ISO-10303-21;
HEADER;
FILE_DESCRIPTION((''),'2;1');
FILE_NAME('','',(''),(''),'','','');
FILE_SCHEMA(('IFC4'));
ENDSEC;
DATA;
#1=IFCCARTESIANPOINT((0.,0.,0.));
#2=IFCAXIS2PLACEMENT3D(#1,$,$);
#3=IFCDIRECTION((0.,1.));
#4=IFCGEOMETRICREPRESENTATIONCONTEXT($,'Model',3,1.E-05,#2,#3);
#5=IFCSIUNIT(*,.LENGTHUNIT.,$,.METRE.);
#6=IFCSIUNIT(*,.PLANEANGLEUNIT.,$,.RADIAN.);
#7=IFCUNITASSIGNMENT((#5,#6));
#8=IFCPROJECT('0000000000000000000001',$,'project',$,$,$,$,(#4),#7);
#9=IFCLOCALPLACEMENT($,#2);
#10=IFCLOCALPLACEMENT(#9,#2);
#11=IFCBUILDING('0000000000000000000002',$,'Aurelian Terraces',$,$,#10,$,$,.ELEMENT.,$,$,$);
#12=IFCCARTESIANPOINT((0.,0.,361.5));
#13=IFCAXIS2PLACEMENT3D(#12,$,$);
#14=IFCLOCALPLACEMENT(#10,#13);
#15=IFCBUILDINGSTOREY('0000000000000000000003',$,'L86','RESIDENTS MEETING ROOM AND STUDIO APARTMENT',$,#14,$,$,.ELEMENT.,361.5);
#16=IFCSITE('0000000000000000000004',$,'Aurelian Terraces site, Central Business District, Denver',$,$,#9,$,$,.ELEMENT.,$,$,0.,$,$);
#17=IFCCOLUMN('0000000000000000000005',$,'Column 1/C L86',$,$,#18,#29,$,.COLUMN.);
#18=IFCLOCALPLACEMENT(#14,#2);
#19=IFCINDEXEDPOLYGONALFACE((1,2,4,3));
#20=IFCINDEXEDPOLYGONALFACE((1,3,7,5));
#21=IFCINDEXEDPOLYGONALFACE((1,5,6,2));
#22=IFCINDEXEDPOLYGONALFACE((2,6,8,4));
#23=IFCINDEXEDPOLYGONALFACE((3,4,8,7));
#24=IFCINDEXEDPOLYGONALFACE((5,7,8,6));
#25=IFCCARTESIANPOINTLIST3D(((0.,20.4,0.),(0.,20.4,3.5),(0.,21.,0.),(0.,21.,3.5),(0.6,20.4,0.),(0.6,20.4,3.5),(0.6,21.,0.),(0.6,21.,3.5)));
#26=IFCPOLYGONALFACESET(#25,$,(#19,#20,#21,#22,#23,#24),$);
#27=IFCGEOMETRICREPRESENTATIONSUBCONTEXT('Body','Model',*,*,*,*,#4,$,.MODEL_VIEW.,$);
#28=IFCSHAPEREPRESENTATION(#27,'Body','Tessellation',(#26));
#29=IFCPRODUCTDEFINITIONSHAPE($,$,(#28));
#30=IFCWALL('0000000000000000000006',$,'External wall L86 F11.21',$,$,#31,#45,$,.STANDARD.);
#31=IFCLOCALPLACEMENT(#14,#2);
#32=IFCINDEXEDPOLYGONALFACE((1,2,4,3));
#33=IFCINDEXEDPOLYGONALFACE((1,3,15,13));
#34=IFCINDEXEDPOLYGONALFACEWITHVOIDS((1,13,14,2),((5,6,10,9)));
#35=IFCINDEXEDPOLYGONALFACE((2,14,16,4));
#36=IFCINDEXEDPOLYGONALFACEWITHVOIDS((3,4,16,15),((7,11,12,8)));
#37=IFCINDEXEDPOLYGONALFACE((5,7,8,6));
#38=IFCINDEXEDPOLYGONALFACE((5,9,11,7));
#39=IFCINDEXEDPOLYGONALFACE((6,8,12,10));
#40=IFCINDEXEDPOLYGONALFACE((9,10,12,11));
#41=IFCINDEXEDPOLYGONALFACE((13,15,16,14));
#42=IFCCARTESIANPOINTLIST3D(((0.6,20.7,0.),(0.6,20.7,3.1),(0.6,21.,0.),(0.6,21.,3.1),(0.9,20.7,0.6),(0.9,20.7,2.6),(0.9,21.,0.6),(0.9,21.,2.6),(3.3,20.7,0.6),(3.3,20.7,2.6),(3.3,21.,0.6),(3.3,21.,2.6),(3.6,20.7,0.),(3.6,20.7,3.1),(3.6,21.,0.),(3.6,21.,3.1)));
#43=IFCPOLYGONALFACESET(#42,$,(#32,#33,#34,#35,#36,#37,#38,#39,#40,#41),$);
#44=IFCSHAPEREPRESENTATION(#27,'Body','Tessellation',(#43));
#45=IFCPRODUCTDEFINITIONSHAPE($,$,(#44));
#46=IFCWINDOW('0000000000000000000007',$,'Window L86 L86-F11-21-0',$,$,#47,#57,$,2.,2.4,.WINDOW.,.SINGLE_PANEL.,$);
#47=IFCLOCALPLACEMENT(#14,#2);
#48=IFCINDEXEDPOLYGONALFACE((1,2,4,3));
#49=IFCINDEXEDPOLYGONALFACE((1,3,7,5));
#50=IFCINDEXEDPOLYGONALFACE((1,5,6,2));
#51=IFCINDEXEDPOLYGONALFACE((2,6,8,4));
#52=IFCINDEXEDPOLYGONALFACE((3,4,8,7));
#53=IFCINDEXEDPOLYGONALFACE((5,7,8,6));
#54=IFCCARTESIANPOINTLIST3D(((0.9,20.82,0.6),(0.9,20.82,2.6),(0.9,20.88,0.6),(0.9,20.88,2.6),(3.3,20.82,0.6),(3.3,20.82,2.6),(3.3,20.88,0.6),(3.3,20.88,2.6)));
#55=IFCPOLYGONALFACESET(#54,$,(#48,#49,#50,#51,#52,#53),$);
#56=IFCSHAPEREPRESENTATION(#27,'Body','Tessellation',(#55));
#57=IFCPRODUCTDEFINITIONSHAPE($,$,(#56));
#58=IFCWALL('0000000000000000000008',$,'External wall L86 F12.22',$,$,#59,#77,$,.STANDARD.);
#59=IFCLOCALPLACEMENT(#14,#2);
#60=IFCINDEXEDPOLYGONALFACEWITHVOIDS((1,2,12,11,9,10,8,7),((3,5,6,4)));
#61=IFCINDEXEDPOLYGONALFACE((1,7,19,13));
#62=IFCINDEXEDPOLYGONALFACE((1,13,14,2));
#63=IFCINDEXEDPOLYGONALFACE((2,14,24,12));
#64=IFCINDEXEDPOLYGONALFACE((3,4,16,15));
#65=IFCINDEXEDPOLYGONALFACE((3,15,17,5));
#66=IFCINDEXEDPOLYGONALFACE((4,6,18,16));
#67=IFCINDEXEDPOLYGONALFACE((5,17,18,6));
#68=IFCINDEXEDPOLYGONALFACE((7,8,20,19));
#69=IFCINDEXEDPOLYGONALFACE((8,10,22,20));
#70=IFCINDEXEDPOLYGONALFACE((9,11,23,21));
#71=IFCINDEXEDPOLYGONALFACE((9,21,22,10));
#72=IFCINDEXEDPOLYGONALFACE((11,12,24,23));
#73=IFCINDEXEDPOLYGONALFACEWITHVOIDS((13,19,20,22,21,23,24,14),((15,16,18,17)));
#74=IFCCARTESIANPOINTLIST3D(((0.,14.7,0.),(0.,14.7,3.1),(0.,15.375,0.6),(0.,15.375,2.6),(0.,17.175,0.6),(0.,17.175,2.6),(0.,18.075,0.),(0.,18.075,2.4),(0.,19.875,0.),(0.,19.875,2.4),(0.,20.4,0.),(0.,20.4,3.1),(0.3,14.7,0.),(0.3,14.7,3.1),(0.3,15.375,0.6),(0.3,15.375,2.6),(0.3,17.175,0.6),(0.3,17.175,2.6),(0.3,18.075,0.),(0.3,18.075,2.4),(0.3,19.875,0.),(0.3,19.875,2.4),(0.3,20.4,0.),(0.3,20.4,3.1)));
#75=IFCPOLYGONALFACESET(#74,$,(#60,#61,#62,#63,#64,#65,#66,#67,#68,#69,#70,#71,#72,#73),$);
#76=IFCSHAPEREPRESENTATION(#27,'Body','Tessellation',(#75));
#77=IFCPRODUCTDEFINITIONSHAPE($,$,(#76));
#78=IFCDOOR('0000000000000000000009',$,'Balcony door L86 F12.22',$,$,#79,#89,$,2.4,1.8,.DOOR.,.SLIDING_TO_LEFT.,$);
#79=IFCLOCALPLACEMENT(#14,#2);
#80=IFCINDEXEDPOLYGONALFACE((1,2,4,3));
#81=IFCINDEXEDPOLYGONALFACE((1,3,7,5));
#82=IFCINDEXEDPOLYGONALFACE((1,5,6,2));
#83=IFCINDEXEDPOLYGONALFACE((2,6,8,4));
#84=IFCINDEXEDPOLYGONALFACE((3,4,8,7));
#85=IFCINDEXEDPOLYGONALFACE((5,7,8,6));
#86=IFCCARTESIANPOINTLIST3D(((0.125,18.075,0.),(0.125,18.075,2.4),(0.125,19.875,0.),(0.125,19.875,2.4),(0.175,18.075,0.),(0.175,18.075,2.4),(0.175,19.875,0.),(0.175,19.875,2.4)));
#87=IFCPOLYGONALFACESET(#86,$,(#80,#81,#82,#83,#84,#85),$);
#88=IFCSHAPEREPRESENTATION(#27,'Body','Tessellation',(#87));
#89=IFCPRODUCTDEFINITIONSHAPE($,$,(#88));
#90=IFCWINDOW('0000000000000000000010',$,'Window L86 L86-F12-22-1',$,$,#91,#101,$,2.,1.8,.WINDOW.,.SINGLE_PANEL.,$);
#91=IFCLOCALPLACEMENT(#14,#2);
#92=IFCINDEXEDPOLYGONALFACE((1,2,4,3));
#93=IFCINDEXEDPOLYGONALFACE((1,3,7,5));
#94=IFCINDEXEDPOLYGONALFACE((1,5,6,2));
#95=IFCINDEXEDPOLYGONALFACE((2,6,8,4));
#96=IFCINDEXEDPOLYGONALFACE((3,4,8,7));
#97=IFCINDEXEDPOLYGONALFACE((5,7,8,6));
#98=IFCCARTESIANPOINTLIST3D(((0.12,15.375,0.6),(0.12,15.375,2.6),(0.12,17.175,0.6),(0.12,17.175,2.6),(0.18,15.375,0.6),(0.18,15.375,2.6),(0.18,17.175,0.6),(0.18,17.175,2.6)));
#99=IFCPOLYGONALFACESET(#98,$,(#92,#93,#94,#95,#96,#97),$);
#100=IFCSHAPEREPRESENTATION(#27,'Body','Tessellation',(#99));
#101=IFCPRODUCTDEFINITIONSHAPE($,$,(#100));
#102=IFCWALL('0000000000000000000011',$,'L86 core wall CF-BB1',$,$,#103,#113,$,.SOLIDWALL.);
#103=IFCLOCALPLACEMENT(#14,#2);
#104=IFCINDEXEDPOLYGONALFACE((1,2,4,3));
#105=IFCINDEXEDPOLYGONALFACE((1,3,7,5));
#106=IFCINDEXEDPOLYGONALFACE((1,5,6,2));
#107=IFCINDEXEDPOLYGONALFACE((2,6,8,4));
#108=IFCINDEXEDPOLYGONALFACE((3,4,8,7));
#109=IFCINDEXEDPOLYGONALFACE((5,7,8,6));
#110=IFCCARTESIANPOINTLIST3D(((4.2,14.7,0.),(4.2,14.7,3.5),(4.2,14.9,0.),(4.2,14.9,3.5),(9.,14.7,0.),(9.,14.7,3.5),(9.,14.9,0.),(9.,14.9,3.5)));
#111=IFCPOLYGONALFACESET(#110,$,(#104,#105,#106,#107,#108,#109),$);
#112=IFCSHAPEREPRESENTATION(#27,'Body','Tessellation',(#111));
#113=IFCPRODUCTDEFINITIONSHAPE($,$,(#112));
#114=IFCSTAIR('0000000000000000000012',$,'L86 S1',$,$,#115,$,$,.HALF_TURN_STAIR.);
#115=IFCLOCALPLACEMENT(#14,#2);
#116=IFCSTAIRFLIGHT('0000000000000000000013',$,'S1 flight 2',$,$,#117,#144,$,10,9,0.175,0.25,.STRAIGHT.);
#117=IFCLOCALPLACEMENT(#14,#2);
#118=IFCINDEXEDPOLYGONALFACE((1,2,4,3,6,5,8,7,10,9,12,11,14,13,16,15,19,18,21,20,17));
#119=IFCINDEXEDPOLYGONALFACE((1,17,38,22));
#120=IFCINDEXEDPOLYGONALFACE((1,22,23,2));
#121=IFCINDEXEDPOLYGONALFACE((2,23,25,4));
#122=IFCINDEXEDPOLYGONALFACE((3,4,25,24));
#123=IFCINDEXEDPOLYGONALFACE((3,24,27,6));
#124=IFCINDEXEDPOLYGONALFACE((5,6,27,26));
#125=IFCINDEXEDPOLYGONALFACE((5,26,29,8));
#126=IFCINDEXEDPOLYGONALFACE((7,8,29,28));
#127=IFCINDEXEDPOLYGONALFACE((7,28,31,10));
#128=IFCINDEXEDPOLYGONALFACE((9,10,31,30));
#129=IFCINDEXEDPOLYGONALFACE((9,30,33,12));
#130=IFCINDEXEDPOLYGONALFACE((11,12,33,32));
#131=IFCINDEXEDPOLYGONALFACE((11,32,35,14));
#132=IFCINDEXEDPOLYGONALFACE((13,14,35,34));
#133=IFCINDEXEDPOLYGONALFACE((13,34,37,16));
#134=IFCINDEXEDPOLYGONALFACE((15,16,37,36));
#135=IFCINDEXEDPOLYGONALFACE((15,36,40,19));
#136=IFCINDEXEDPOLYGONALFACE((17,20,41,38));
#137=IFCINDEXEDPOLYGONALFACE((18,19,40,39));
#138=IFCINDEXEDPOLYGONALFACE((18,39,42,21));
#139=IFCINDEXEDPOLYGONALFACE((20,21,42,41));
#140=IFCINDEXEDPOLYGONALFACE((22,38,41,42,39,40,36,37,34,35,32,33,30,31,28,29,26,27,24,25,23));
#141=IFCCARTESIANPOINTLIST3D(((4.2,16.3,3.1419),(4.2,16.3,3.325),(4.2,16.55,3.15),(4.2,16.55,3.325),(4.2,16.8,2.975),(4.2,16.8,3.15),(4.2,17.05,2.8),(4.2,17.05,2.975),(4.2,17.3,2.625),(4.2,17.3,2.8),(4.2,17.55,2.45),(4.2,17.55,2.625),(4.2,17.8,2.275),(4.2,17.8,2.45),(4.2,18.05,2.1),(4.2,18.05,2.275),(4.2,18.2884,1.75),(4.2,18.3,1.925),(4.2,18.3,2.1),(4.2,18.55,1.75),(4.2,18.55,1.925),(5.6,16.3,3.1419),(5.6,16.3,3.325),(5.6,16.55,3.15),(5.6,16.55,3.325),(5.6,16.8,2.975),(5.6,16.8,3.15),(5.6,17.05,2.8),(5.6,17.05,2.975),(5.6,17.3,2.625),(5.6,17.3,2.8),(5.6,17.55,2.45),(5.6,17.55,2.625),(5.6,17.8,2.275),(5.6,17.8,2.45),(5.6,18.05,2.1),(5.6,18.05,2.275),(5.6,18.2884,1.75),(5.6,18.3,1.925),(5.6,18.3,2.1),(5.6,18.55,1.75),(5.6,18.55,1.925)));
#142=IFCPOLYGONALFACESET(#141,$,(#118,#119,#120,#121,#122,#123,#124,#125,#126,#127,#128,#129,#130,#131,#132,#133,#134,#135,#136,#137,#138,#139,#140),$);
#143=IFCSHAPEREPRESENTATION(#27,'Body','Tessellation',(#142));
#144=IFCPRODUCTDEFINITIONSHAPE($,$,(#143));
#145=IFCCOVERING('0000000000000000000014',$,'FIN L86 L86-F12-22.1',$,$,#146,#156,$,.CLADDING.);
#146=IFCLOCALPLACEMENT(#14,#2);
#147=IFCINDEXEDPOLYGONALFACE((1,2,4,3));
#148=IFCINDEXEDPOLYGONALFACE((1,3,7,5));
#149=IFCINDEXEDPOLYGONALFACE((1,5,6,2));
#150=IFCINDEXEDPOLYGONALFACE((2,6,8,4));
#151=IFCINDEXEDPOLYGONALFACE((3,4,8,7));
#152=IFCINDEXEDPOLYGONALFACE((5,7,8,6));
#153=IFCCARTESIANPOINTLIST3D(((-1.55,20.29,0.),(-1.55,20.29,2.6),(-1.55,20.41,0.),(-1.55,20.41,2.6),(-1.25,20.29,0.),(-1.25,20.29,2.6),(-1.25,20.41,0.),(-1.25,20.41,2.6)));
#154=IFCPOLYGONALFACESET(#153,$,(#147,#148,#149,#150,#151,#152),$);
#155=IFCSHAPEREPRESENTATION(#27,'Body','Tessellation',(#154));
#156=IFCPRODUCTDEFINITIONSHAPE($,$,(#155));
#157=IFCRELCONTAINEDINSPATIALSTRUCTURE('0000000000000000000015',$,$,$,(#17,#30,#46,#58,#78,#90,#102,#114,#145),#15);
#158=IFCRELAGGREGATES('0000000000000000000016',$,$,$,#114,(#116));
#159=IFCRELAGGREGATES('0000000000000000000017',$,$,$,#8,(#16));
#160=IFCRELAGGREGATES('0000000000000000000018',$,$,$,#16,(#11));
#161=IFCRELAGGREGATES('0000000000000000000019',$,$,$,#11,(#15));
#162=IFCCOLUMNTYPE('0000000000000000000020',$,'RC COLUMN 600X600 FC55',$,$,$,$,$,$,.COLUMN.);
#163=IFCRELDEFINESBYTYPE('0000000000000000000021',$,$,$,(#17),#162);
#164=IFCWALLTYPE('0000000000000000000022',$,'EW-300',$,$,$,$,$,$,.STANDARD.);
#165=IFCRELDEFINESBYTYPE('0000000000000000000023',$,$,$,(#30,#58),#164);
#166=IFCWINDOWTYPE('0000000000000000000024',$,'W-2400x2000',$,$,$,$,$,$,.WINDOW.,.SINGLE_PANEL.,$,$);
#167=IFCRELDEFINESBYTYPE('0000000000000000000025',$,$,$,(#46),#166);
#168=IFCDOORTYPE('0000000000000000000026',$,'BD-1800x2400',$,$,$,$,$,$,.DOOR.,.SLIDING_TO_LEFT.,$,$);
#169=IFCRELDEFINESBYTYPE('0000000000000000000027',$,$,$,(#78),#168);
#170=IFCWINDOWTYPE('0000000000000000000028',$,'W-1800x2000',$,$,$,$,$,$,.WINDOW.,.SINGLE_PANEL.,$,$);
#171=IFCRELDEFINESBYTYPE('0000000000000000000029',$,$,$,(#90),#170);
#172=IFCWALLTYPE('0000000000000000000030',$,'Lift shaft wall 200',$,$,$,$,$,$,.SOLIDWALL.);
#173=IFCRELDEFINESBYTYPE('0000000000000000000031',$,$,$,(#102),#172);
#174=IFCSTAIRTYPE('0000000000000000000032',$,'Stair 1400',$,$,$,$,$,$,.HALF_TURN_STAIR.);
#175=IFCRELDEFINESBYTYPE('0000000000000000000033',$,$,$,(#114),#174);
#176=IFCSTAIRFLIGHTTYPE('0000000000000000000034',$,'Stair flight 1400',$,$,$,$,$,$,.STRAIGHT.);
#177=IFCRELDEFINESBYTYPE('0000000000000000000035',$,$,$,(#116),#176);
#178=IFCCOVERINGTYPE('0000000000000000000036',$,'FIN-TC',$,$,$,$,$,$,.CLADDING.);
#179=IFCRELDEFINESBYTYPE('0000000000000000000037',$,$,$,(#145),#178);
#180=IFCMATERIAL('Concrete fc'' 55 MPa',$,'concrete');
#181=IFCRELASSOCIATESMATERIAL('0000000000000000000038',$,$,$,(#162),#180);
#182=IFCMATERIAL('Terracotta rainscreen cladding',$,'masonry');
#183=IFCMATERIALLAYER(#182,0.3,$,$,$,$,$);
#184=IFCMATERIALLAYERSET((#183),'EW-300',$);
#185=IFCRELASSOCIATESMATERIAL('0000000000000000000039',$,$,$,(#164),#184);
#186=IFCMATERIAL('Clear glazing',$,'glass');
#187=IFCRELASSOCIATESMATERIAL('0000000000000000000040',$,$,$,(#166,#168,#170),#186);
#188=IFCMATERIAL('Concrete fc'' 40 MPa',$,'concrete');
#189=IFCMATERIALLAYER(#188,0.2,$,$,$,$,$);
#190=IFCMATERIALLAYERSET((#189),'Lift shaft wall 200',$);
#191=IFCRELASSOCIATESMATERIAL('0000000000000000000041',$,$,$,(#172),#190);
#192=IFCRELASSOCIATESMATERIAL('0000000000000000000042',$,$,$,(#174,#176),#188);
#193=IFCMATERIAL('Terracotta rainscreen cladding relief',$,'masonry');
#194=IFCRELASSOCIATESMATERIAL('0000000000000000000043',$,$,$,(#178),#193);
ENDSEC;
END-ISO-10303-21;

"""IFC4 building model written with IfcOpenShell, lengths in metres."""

from ifc_helpers import new_model, si_unit, direction, frame, frame_2d, origin, origin_2d, place, context, subcontext, project, spatial, polyline, rectangle, outline, extrude, source, transform, mapped, material, layer, layer_set, material_profile, profile_set, type_object, element, fill, aggregate, save


model = new_model("IFC4")

# Units and contexts
model_context = context("Model", 3, precision=1e-05, world=origin(), true_north=direction((0.0, 1.0)))
body_context = subcontext(model_context, "Body", "Model", "MODEL_VIEW")
ifc_project = project(units=[si_unit("LENGTHUNIT", "METRE"), si_unit("PLANEANGLEUNIT", "RADIAN")], contexts=[model_context])

# Site, building, storey
site_placement = place(None, origin())
site = spatial("IfcSite", under=ifc_project, at=site_placement, Name="Aurelian Terraces site, Central Business District, Denver", CompositionType="ELEMENT", RefElevation=0.0)
building_placement = place(site_placement, origin())
building = spatial("IfcBuilding", under=site, at=building_placement, Name="Aurelian Terraces", CompositionType="ELEMENT")
storey_placement = place(building_placement, frame((0.0, 0.0, 361.5)))
storey = spatial("IfcBuildingStorey", under=building, at=storey_placement, Name="L86", Description="RESIDENTS MEETING ROOM AND STUDIO APARTMENT", CompositionType="ELEMENT", Elevation=361.5)

# Column
ifc_material_1 = material(Name="Concrete fc' 55 MPa", Category="concrete")
ifc_material_profile = material_profile(ifc_material_1, rectangle(XDim=0.6, YDim=0.6, at=origin_2d()))
ifc_profile_set = profile_set([ifc_material_profile], Name="Concrete fc' 55 MPa")
column_type = type_object("IfcColumnType", Name="RC COLUMN 600X600 FC55", PredefinedType="COLUMN", material=ifc_profile_set)
shared_shape_1 = source(origin(), body_context, "Body", "SweptSolid", [
    extrude(rectangle(XDim=0.6, YDim=0.6, at=origin_2d()), origin(), (0.0, 0.0, 1.0), 3.5),
])
column_placement = place(storey_placement, frame((0.3, 20.7, 0.0), z_axis=(0.0, 0.0, 1.0), x_axis=(1.0, 0.0, 0.0)))
element("IfcColumn", 1, at=column_placement, inside=storey, type_object=column_type, Name="Column 1/C L86", PredefinedType="COLUMN", context=body_context, shape_type="MappedRepresentation", body=[
    mapped(shared_shape_1, transform((0.0, 0.0, 0.0), scale=1.0)),
])

# Wall, opening, window
ifc_material_2 = material(Name="Terracotta rainscreen cladding", Category="masonry")
ifc_layer_1 = layer(ifc_material_2, 0.3)
ifc_layer_set_1 = layer_set([ifc_layer_1], Name="EW-300")
wall_type_1 = type_object("IfcWallType", Name="EW-300", PredefinedType="STANDARD", material=ifc_layer_set_1)
shared_shape_2 = source(origin(), body_context, "Body", "SweptSolid", [
    extrude(rectangle(XDim=3.0, YDim=0.3, at=frame_2d((1.5, 0.0))), origin(), (0.0, 0.0, 1.0), 3.1),
])
wall_1_placement = place(storey_placement, frame((3.6, 20.85, 0.0), z_axis=(0.0, 0.0, 1.0), x_axis=(-1.0, 0.0, 0.0)))
wall_1 = element("IfcWall", 2, at=wall_1_placement, inside=storey, type_object=wall_type_1, Name="External wall L86 F11.21", PredefinedType="STANDARD", context=body_context, shape_type="MappedRepresentation", body=[
    mapped(shared_shape_2, transform((0.0, 0.0, 0.0), scale=1.0)),
])
shared_shape_3 = source(origin(), body_context, "Body", "SweptSolid", [
    extrude(rectangle(XDim=2.4, YDim=2.0, at=frame_2d((1.2, 1.0))), frame((0.0, 0.16, 0.0), z_axis=(0.0, -1.0, 0.0), x_axis=(1.0, 0.0, 0.0)), (0.0, 0.0, 1.0), 0.32),
])
opening_1_placement = place(wall_1_placement, frame((0.3, 0.0, 0.6)))
opening_1 = element("IfcOpeningElement", 3, at=opening_1_placement, cuts=wall_1, PredefinedType="OPENING", context=body_context, shape_type="MappedRepresentation", body=[
    mapped(shared_shape_3, transform((0.0, 0.0, 0.0), scale=1.0)),
])
ifc_material_3 = material(Name="Clear glazing", Category="glass")
window_type_1 = type_object("IfcWindowType", Name="W-2400x2000", PartitioningType="SINGLE_PANEL", PredefinedType="WINDOW", material=ifc_material_3)
shared_shape_4 = source(origin(), body_context, "Body", "SweptSolid", [
    extrude(rectangle(XDim=2.4, YDim=2.0, at=frame_2d((1.2, 1.0))), frame((0.0, 0.03, 0.0), z_axis=(0.0, -1.0, 0.0), x_axis=(1.0, 0.0, 0.0)), (0.0, 0.0, 1.0), 0.06),
])
window_1_placement = place(opening_1_placement, origin())
window_1 = element("IfcWindow", 4, at=window_1_placement, inside=storey, type_object=window_type_1, Name="Window L86 L86-F11-21-0", OverallHeight=2.0, OverallWidth=2.4, PartitioningType="SINGLE_PANEL", PredefinedType="WINDOW", context=body_context, shape_type="MappedRepresentation", body=[
    mapped(shared_shape_4, transform((0.0, 0.0, 0.0), scale=1.0)),
])
fill(opening_1, window_1)

# Wall, openings, door, window
shared_shape_5 = source(origin(), body_context, "Body", "SweptSolid", [
    extrude(rectangle(XDim=5.7, YDim=0.3, at=frame_2d((2.85, 0.0))), origin(), (0.0, 0.0, 1.0), 3.1),
])
wall_2_placement = place(storey_placement, frame((0.15, 20.4, 0.0), z_axis=(0.0, 0.0, 1.0), x_axis=(0.0, -1.0, 0.0)))
wall_2 = element("IfcWall", 5, at=wall_2_placement, inside=storey, type_object=wall_type_1, Name="External wall L86 F12.22", PredefinedType="STANDARD", context=body_context, shape_type="MappedRepresentation", body=[
    mapped(shared_shape_5, transform((0.0, 0.0, 0.0), scale=1.0)),
])
shared_shape_6 = source(origin(), body_context, "Body", "SweptSolid", [
    extrude(rectangle(XDim=1.8, YDim=2.4, at=frame_2d((0.9, 1.2))), frame((0.0, 0.16, 0.0), z_axis=(0.0, -1.0, 0.0), x_axis=(1.0, 0.0, 0.0)), (0.0, 0.0, 1.0), 0.32),
])
opening_2_placement = place(wall_2_placement, frame((0.525, 0.0, 0.0)))
opening_2 = element("IfcOpeningElement", 6, at=opening_2_placement, cuts=wall_2, PredefinedType="OPENING", context=body_context, shape_type="MappedRepresentation", body=[
    mapped(shared_shape_6, transform((0.0, 0.0, 0.0), scale=1.0)),
])
shared_shape_7 = source(origin(), body_context, "Body", "SweptSolid", [
    extrude(rectangle(XDim=1.8, YDim=2.0, at=frame_2d((0.9, 1.0))), frame((0.0, 0.16, 0.0), z_axis=(0.0, -1.0, 0.0), x_axis=(1.0, 0.0, 0.0)), (0.0, 0.0, 1.0), 0.32),
])
opening_3_placement = place(wall_2_placement, frame((3.225, 0.0, 0.6)))
opening_3 = element("IfcOpeningElement", 7, at=opening_3_placement, cuts=wall_2, PredefinedType="OPENING", context=body_context, shape_type="MappedRepresentation", body=[
    mapped(shared_shape_7, transform((0.0, 0.0, 0.0), scale=1.0)),
])
door_type = type_object("IfcDoorType", Name="BD-1800x2400", OperationType="SLIDING_TO_LEFT", PredefinedType="DOOR", material=ifc_material_3)
shared_shape_8 = source(origin(), body_context, "Body", "SweptSolid", [
    extrude(rectangle(XDim=1.8, YDim=2.4, at=frame_2d((0.9, 1.2))), frame((0.0, 0.025, 0.0), z_axis=(0.0, -1.0, 0.0), x_axis=(1.0, 0.0, 0.0)), (0.0, 0.0, 1.0), 0.05),
])
door_placement = place(opening_2_placement, origin())
door = element("IfcDoor", 8, at=door_placement, inside=storey, type_object=door_type, Name="Balcony door L86 F12.22", OperationType="SLIDING_TO_LEFT", OverallHeight=2.4, OverallWidth=1.8, PredefinedType="DOOR", context=body_context, shape_type="MappedRepresentation", body=[
    mapped(shared_shape_8, transform((0.0, 0.0, 0.0), scale=1.0)),
])
fill(opening_2, door)
window_type_2 = type_object("IfcWindowType", Name="W-1800x2000", PartitioningType="SINGLE_PANEL", PredefinedType="WINDOW", material=ifc_material_3)
shared_shape_9 = source(origin(), body_context, "Body", "SweptSolid", [
    extrude(rectangle(XDim=1.8, YDim=2.0, at=frame_2d((0.9, 1.0))), frame((0.0, 0.03, 0.0), z_axis=(0.0, -1.0, 0.0), x_axis=(1.0, 0.0, 0.0)), (0.0, 0.0, 1.0), 0.06),
])
window_2_placement = place(opening_3_placement, origin())
window_2 = element("IfcWindow", 9, at=window_2_placement, inside=storey, type_object=window_type_2, Name="Window L86 L86-F12-22-1", OverallHeight=2.0, OverallWidth=1.8, PartitioningType="SINGLE_PANEL", PredefinedType="WINDOW", context=body_context, shape_type="MappedRepresentation", body=[
    mapped(shared_shape_9, transform((0.0, 0.0, 0.0), scale=1.0)),
])
fill(opening_3, window_2)

# Wall
ifc_material_4 = material(Name="Concrete fc' 40 MPa", Category="concrete")
ifc_layer_2 = layer(ifc_material_4, 0.2)
ifc_layer_set_2 = layer_set([ifc_layer_2], Name="Lift shaft wall 200")
wall_type_2 = type_object("IfcWallType", Name="Lift shaft wall 200", PredefinedType="SOLIDWALL", material=ifc_layer_set_2)
shared_shape_10 = source(origin(), body_context, "Body", "SweptSolid", [
    extrude(rectangle(XDim=4.8, YDim=0.2, at=frame_2d((2.4, 0.0))), origin(), (0.0, 0.0, 1.0), 3.5),
])
wall_3_placement = place(storey_placement, frame((4.2, 14.8, 0.0), z_axis=(0.0, 0.0, 1.0), x_axis=(1.0, 0.0, 0.0)))
element("IfcWall", 10, at=wall_3_placement, inside=storey, type_object=wall_type_2, Name="L86 core wall CF-BB1", PredefinedType="SOLIDWALL", context=body_context, shape_type="MappedRepresentation", body=[
    mapped(shared_shape_10, transform((0.0, 0.0, 0.0), scale=1.0)),
])

# Stair, stair flight
stair_type = type_object("IfcStairType", Name="Stair 1400", PredefinedType="HALF_TURN_STAIR", material=ifc_material_4)
stair_placement = place(storey_placement, origin())
stair = element("IfcStair", 11, at=stair_placement, inside=storey, type_object=stair_type, Name="L86 S1", PredefinedType="HALF_TURN_STAIR")
stair_flight_type = type_object("IfcStairFlightType", Name="Stair flight 1400", PredefinedType="STRAIGHT", material=ifc_material_4)
shared_shape_11 = source(origin(), body_context, "Body", "SweptSolid", [
    extrude(outline(polyline([(0.0, 0.0), (0.0, 0.175), (0.25, 0.175), (0.25, 0.35), (0.5, 0.35), (0.5, 0.525), (0.75, 0.525), (0.75, 0.7), (1.0, 0.7), (1.0, 0.875), (1.25, 0.875), (1.25, 1.05), (1.5, 1.05), (1.5, 1.225), (1.75, 1.225), (1.75, 1.4), (2.0, 1.4), (2.0, 1.575), (2.25, 1.575), (2.25, 1.75), (2.25, 1.3919), (0.2616, 0.0), (0.0, 0.0)])), frame((0.0, 0.7, 0.0), z_axis=(0.0, -1.0, 0.0), x_axis=(1.0, 0.0, 0.0)), (0.0, 0.0, 1.0), 1.4),
])
stair_flight_placement = place(storey_placement, frame((4.9, 18.55, 1.75), z_axis=(0.0, 0.0, 1.0), x_axis=(0.0, -1.0, 0.0)))
stair_flight = element("IfcStairFlight", 12, at=stair_flight_placement, type_object=stair_flight_type, Name="S1 flight 2", NumberOfRisers=10, NumberOfTreads=9, PredefinedType="STRAIGHT", RiserHeight=0.175, TreadLength=0.25, context=body_context, shape_type="MappedRepresentation", body=[
    mapped(shared_shape_11, transform((0.0, 0.0, 0.0), scale=1.0)),
])
aggregate(stair, [stair_flight])

# Covering
ifc_material_5 = material(Name="Terracotta rainscreen cladding relief", Category="masonry")
covering_type_1 = type_object("IfcCoveringType", Name="FIN-TC", PredefinedType="CLADDING", material=ifc_material_5)
shared_shape_12 = source(origin(), body_context, "Body", "SweptSolid", [
    extrude(rectangle(XDim=0.3, YDim=0.12, at=origin_2d()), origin(), (0.0, 0.0, 1.0), 2.6),
])
for number, where, z_axis, x_axis, name in (
    (13, (-1.4, 20.35, 0.0), (0.0, 0.0, 1.0), (1.0, 0.0, 0.0), "FIN L86 L86-F12-22.1"),
):
    element("IfcCovering", number, at=place(storey_placement, frame(where, z_axis=z_axis, x_axis=x_axis)), inside=storey, type_object=covering_type_1, Name=name, PredefinedType="CLADDING", context=body_context, shape_type="MappedRepresentation", body=[
        mapped(shared_shape_12, transform((0.0, 0.0, 0.0), scale=1.0)),
    ])

save(model, "model.ifc")
